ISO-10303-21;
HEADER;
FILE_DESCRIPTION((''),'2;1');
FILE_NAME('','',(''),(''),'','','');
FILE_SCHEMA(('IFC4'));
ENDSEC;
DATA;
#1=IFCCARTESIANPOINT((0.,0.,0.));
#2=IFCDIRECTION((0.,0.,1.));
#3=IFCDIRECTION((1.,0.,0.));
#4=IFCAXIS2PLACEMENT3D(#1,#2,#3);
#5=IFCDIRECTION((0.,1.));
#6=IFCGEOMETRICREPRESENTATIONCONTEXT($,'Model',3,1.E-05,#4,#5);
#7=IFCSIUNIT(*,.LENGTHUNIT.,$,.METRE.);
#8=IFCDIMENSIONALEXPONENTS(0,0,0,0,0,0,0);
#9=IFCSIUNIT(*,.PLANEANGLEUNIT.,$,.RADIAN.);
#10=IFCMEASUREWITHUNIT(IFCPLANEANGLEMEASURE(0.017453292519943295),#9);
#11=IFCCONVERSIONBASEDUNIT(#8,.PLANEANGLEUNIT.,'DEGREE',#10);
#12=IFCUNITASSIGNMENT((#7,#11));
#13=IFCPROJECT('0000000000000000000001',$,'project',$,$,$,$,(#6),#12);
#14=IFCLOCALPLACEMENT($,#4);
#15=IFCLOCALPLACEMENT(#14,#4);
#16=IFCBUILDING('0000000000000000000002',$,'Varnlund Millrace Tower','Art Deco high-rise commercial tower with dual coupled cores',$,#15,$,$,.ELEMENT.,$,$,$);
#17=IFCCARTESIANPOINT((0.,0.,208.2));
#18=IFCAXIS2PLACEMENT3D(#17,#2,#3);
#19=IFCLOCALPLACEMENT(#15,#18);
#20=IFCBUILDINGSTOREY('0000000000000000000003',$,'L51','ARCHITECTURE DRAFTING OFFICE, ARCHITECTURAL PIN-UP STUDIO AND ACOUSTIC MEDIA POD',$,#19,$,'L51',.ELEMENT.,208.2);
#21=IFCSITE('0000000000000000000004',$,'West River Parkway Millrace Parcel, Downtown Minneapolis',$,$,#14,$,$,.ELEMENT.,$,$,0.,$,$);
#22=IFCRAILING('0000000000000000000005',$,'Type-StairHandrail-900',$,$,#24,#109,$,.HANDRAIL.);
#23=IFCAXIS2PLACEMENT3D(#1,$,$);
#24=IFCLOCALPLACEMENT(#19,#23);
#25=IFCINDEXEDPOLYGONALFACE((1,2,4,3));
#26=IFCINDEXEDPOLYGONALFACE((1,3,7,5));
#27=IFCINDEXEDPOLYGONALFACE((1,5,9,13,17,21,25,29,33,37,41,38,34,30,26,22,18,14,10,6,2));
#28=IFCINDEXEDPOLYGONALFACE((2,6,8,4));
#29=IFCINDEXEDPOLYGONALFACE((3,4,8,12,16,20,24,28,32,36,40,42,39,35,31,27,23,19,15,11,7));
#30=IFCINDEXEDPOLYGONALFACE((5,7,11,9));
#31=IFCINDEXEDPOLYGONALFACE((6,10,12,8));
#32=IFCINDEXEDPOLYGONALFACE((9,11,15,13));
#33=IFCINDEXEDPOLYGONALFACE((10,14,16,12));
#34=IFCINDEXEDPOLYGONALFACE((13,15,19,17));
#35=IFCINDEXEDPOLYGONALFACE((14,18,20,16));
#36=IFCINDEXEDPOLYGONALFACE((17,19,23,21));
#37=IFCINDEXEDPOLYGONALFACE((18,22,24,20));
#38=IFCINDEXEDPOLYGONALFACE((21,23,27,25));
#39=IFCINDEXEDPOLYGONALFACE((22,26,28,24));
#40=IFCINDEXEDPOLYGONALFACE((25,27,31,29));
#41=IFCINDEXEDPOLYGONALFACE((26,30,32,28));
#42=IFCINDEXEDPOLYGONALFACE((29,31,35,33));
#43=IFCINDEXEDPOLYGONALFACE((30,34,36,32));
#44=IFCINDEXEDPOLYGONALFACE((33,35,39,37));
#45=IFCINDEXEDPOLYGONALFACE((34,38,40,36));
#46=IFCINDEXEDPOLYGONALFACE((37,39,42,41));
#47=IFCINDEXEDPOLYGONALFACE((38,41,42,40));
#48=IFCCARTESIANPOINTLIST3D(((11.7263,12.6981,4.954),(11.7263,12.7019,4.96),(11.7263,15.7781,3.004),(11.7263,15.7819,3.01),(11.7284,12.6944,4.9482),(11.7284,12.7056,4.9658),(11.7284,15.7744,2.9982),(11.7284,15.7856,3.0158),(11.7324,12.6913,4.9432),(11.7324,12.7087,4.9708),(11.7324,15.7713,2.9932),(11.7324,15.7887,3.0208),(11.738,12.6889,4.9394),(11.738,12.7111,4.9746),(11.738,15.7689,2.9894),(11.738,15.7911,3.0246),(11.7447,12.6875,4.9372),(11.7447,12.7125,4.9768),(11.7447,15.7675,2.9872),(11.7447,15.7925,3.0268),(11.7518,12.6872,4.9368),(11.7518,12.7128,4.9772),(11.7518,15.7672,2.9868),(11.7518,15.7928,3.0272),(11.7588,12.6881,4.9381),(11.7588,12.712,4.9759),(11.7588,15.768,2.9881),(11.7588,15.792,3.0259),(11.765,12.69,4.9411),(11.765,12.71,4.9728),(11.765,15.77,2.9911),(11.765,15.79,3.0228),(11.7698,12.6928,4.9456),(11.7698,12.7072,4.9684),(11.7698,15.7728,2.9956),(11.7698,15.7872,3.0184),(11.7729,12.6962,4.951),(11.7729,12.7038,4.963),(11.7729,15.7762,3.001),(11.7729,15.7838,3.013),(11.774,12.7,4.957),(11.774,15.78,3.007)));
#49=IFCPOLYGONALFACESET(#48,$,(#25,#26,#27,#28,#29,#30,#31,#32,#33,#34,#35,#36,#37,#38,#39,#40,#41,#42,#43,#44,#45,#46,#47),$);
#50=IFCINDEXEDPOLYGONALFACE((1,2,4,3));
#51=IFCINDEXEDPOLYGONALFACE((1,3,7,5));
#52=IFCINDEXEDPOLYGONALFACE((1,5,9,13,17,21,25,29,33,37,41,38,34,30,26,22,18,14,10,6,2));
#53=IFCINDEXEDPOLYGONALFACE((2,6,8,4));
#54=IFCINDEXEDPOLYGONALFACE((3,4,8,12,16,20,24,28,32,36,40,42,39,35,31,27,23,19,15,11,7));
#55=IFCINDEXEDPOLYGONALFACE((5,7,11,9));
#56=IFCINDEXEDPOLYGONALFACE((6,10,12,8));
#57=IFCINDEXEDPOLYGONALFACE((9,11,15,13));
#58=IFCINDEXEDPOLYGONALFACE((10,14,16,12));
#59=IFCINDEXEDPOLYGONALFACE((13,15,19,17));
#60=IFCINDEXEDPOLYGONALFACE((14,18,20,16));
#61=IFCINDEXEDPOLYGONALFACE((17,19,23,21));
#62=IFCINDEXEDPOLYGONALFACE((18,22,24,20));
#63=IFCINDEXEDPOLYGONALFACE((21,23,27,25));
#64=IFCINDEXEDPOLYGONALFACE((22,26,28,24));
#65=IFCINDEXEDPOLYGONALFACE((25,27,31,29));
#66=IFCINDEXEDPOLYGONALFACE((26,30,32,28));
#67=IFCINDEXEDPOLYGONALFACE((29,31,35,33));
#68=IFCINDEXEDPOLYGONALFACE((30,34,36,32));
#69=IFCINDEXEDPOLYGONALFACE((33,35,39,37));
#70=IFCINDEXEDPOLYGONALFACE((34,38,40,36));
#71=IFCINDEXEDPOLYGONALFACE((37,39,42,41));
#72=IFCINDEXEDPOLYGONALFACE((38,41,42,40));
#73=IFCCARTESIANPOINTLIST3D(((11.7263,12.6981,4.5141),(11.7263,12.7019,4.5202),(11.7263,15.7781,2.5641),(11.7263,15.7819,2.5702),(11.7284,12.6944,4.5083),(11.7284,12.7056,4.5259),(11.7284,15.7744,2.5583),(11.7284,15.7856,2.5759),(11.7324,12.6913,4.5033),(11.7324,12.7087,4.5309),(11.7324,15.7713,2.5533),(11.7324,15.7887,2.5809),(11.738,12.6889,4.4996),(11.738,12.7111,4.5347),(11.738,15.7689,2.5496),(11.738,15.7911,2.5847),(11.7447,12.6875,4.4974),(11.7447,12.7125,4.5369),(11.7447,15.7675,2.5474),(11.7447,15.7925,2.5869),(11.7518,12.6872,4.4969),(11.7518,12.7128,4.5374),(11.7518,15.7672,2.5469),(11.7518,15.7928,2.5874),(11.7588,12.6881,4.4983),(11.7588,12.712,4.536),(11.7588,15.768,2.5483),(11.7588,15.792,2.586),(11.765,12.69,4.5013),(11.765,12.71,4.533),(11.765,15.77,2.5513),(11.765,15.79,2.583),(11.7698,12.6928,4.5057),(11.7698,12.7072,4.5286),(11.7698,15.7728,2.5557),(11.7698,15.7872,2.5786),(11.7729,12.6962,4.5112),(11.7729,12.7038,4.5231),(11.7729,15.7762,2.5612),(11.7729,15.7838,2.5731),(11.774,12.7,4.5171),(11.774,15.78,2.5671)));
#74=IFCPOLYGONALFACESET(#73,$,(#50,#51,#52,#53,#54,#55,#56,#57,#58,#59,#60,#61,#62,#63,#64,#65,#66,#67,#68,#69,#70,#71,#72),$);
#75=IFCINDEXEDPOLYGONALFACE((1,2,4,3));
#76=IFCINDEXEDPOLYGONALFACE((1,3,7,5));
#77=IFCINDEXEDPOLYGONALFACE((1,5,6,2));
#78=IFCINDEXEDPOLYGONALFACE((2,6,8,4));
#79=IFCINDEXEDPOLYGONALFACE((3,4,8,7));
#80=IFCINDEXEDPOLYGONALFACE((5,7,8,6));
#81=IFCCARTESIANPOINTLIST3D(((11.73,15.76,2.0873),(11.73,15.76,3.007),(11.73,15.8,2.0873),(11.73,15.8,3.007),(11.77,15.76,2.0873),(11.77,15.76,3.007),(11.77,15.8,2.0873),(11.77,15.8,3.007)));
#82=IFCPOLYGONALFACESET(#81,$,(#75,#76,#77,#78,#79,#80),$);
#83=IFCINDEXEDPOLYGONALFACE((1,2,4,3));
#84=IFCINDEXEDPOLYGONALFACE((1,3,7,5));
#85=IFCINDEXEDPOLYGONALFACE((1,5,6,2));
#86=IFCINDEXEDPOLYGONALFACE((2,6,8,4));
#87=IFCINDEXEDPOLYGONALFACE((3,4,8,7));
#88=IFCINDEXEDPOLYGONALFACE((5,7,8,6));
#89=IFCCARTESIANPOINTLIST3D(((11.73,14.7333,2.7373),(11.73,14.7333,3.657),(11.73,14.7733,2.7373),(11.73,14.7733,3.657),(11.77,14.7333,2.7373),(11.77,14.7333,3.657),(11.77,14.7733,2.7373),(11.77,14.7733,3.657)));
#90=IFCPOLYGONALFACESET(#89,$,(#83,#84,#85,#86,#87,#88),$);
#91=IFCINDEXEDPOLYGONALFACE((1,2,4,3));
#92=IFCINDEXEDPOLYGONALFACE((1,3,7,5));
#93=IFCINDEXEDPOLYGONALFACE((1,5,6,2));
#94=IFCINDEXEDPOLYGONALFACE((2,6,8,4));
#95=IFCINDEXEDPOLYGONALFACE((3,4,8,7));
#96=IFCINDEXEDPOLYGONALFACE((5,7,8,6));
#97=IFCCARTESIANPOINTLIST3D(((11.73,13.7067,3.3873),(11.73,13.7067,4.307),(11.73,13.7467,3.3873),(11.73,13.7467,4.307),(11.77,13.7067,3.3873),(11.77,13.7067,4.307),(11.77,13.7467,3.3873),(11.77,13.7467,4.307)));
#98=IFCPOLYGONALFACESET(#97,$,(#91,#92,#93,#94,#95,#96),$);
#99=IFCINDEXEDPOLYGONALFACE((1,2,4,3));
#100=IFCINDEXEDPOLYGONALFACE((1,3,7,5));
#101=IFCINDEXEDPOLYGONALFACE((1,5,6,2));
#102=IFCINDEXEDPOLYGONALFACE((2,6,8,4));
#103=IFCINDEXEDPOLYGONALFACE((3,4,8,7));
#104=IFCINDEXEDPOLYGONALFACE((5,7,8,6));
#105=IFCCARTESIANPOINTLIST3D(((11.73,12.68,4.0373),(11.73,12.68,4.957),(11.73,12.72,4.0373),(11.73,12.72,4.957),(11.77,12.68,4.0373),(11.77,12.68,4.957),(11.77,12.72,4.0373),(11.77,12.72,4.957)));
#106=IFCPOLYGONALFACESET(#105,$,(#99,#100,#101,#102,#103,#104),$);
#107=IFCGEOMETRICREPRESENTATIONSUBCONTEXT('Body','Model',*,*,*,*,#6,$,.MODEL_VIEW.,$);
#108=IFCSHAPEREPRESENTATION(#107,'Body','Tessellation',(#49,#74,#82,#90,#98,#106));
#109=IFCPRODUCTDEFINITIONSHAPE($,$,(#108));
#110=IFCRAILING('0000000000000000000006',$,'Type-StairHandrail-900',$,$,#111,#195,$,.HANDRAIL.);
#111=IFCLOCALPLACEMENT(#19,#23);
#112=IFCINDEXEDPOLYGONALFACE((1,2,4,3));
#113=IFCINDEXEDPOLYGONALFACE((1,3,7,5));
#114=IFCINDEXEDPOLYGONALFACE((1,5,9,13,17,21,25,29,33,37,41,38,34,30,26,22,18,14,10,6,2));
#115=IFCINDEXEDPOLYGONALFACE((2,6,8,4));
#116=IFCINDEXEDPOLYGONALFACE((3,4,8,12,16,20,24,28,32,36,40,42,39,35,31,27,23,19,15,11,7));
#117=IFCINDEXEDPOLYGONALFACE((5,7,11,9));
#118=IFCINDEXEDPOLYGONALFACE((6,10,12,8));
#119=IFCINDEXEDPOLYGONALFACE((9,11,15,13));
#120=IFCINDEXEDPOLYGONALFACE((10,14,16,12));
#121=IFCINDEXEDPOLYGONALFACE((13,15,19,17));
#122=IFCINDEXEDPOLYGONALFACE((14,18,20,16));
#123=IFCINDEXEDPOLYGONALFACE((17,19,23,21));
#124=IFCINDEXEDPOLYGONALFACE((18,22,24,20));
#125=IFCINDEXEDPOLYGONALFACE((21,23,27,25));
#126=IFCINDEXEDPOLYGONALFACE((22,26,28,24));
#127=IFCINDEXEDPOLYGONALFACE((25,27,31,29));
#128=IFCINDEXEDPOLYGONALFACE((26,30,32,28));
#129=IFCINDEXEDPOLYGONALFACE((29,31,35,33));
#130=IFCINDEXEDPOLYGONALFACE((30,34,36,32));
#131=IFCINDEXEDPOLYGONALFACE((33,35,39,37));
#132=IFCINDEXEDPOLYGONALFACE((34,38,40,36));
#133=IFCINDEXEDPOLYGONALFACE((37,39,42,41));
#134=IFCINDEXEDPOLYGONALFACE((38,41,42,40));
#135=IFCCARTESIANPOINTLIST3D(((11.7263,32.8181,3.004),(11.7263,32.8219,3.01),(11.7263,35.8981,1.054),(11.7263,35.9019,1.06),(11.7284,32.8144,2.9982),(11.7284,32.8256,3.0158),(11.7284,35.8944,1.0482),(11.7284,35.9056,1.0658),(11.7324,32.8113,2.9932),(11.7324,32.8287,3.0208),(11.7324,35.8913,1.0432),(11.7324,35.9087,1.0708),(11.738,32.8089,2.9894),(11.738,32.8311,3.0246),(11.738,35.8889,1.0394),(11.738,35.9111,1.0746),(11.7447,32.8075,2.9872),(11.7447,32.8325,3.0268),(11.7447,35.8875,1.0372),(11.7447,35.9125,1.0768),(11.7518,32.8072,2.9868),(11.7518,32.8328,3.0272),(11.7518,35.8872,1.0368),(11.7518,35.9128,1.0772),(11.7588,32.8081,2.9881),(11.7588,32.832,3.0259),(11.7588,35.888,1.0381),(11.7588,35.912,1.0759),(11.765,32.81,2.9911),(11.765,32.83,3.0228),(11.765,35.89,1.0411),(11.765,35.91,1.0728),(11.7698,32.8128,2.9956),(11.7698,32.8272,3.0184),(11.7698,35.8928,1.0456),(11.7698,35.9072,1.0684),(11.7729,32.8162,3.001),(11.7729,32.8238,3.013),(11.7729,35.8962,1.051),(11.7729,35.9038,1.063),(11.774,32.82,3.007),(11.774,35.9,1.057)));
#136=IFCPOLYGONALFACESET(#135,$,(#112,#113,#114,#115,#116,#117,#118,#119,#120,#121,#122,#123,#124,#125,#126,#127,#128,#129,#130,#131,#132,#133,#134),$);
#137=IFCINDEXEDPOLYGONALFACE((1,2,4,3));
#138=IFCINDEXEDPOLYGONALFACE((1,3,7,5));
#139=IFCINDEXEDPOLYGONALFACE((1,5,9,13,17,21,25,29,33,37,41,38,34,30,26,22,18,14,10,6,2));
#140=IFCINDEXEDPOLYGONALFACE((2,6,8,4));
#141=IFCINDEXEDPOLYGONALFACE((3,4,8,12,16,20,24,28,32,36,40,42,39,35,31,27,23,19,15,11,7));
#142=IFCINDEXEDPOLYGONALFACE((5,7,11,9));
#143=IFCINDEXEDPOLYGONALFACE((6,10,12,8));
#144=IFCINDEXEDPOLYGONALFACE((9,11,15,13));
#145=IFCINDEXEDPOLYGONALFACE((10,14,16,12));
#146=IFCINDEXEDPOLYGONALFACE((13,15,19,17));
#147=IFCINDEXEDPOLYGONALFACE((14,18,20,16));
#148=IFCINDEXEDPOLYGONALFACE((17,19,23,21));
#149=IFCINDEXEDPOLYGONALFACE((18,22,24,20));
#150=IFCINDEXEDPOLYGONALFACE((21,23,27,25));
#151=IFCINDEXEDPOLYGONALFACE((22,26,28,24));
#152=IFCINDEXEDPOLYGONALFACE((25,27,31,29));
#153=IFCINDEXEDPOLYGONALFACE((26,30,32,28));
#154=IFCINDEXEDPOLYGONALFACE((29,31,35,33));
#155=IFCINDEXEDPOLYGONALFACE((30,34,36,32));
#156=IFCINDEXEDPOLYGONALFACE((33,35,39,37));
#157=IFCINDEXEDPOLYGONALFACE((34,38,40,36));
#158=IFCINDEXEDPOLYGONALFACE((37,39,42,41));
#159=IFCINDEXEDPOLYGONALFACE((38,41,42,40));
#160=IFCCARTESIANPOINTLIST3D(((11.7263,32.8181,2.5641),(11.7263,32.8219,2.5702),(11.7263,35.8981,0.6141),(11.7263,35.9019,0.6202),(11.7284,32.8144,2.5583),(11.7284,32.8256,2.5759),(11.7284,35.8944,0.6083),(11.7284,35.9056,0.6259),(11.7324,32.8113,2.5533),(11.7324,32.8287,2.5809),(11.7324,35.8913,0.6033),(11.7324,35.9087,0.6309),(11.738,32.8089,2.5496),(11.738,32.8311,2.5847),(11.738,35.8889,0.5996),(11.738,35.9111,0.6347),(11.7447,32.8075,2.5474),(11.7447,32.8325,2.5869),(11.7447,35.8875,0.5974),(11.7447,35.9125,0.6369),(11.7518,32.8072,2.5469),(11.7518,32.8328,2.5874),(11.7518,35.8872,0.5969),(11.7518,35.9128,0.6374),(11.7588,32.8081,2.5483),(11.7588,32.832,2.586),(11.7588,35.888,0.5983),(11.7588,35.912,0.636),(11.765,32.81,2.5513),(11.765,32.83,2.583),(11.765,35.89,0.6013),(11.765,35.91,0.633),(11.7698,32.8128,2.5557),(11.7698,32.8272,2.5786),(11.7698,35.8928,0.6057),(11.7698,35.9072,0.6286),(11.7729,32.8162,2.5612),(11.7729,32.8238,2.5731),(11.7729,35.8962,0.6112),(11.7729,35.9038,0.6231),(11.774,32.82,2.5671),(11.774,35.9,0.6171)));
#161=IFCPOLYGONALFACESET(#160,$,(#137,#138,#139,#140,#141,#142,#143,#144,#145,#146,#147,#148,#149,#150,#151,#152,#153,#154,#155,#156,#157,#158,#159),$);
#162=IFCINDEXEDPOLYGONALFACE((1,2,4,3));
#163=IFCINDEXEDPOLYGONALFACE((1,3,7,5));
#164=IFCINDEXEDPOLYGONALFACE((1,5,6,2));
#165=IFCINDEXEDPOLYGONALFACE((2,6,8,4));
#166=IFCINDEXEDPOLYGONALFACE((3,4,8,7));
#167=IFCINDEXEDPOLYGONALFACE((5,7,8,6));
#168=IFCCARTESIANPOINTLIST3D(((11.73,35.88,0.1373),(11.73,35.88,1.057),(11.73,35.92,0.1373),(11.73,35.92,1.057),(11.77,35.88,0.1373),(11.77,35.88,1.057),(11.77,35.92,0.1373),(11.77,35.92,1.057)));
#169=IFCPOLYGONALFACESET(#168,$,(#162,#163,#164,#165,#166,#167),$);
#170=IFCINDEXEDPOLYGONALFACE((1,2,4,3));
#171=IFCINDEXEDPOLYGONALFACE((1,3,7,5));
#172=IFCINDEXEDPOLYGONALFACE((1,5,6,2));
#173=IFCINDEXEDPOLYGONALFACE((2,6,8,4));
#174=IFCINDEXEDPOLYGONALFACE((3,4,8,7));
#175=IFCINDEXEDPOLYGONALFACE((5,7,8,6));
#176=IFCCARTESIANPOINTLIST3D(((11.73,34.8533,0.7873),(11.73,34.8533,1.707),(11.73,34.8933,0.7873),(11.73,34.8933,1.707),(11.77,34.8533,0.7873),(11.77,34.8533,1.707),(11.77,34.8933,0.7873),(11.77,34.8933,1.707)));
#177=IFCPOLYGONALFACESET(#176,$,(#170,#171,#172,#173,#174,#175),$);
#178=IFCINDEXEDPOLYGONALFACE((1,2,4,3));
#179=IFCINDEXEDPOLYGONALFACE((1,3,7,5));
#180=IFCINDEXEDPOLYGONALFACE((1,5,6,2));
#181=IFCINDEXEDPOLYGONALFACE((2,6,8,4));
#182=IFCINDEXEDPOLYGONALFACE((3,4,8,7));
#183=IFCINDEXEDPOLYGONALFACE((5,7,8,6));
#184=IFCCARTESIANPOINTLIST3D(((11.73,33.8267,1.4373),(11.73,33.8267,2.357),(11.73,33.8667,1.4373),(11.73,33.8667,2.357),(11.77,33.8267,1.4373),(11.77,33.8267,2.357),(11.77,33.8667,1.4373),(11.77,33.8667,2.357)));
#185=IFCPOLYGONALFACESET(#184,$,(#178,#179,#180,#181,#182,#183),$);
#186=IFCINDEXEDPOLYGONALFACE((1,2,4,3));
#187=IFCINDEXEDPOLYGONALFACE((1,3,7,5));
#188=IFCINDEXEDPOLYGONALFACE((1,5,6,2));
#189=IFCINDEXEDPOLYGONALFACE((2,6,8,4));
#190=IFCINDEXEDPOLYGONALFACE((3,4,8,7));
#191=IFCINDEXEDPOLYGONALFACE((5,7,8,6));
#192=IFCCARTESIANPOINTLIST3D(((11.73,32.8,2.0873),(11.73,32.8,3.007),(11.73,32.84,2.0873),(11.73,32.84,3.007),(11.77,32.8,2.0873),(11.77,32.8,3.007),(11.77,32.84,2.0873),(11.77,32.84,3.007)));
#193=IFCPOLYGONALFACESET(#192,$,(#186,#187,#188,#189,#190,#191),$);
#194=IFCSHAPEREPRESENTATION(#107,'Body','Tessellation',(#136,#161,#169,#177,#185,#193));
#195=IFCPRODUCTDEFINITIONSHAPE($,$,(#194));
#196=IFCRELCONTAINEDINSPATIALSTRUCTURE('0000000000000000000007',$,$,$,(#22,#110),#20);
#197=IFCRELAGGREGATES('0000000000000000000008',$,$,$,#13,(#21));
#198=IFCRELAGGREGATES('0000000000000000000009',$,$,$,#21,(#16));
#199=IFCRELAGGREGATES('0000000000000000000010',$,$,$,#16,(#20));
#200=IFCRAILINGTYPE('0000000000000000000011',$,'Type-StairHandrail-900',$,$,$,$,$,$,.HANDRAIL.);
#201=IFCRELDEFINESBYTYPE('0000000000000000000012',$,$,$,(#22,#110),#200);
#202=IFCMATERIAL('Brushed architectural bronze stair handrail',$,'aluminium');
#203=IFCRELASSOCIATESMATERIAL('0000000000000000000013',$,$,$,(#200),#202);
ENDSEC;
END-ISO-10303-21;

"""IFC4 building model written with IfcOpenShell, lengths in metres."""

from ifc_helpers import new_model, entity, si_unit, converted_unit, direction, frame, origin_with_axes, origin_2d_with_axis, place, context, subcontext, project, spatial, rectangle, circle, extrude, material, type_object, element, save


model = new_model("IFC4")

# Units and contexts
model_context = context("Model", 3, precision=1e-05, world=origin_with_axes(), true_north=direction((0.0, 1.0)))
body_context = subcontext(model_context, "Body", "Model", "MODEL_VIEW")
ifc_project = project(units=[si_unit("LENGTHUNIT", "METRE"), converted_unit("PLANEANGLEUNIT", "DEGREE", entity("IfcPlaneAngleMeasure", 0.017453292519943295), si_unit("PLANEANGLEUNIT", "RADIAN"), dimensions=[0, 0, 0, 0, 0, 0, 0])], contexts=[model_context])

# Site, building, storey
site_placement = place(None, origin_with_axes())
site = spatial("IfcSite", under=ifc_project, at=site_placement, Name="West River Parkway Millrace Parcel, Downtown Minneapolis", CompositionType="ELEMENT", RefElevation=0.0)
building_placement = place(site_placement, origin_with_axes())
building = spatial("IfcBuilding", under=site, at=building_placement, Name="Varnlund Millrace Tower", Description="Art Deco high-rise commercial tower with dual coupled cores", CompositionType="ELEMENT")
storey_placement = place(building_placement, frame((0.0, 0.0, 208.2), z_axis=(0.0, 0.0, 1.0), x_axis=(1.0, 0.0, 0.0)))
storey = spatial("IfcBuildingStorey", under=building, at=storey_placement, Name="L51", Description="ARCHITECTURE DRAFTING OFFICE, ARCHITECTURAL PIN-UP STUDIO AND ACOUSTIC MEDIA POD", LongName="L51", CompositionType="ELEMENT", Elevation=208.2)

# Railings
ifc_material_1 = material(Name="Brushed architectural bronze stair handrail", Category="aluminium")
railing_type_1 = type_object("IfcRailingType", Name="Type-StairHandrail-900", PredefinedType="HANDRAIL", material=ifc_material_1)
railing_1_placement = place(storey_placement, frame((0.0, 0.0, -208.2), z_axis=(0.0, 0.0, 1.0), x_axis=(1.0, 0.0, 0.0)))
element("IfcRailing", 1, at=railing_1_placement, inside=storey, type_object=railing_type_1, Name="Type-StairHandrail-900", PredefinedType="HANDRAIL", context=body_context, shape_type="SweptSolid", body=[
    extrude(circle(Radius=0.024, at=origin_2d_with_axis()), frame((11.75, 15.78, 211.207), z_axis=(0.0, -0.844902, 0.534922), x_axis=(1.0, 0.0, 0.0)), (0.0, 0.0, 1.0), 3.6454),
    extrude(circle(Radius=0.024, at=origin_2d_with_axis()), frame((11.75, 15.78, 210.7671), z_axis=(0.0, -0.844902, 0.534922), x_axis=(1.0, 0.0, 0.0)), (0.0, 0.0, 1.0), 3.6454),
    extrude(rectangle(XDim=0.04, YDim=0.04, at=origin_2d_with_axis()), frame((11.75, 15.78, 210.2873), z_axis=(0.0, 0.0, 1.0), x_axis=(1.0, 0.0, 0.0)), (0.0, 0.0, 1.0), 0.9197),
    extrude(rectangle(XDim=0.04, YDim=0.04, at=origin_2d_with_axis()), frame((11.75, 14.7533, 210.9373), z_axis=(0.0, 0.0, 1.0), x_axis=(1.0, 0.0, 0.0)), (0.0, 0.0, 1.0), 0.9197),
    extrude(rectangle(XDim=0.04, YDim=0.04, at=origin_2d_with_axis()), frame((11.75, 13.7267, 211.5873), z_axis=(0.0, 0.0, 1.0), x_axis=(1.0, 0.0, 0.0)), (0.0, 0.0, 1.0), 0.9197),
    extrude(rectangle(XDim=0.04, YDim=0.04, at=origin_2d_with_axis()), frame((11.75, 12.7, 212.2373), z_axis=(0.0, 0.0, 1.0), x_axis=(1.0, 0.0, 0.0)), (0.0, 0.0, 1.0), 0.9197),
])
railing_2_placement = place(storey_placement, frame((0.0, 0.0, -208.2), z_axis=(0.0, 0.0, 1.0), x_axis=(1.0, 0.0, 0.0)))
element("IfcRailing", 2, at=railing_2_placement, inside=storey, type_object=railing_type_1, Name="Type-StairHandrail-900", PredefinedType="HANDRAIL", context=body_context, shape_type="SweptSolid", body=[
    extrude(circle(Radius=0.024, at=origin_2d_with_axis()), frame((11.75, 35.9, 209.257), z_axis=(0.0, -0.844902, 0.534922), x_axis=(1.0, 0.0, 0.0)), (0.0, 0.0, 1.0), 3.6454),
    extrude(circle(Radius=0.024, at=origin_2d_with_axis()), frame((11.75, 35.9, 208.8171), z_axis=(0.0, -0.844902, 0.534922), x_axis=(1.0, 0.0, 0.0)), (0.0, 0.0, 1.0), 3.6454),
    extrude(rectangle(XDim=0.04, YDim=0.04, at=origin_2d_with_axis()), frame((11.75, 35.9, 208.3373), z_axis=(0.0, 0.0, 1.0), x_axis=(1.0, 0.0, 0.0)), (0.0, 0.0, 1.0), 0.9197),
    extrude(rectangle(XDim=0.04, YDim=0.04, at=origin_2d_with_axis()), frame((11.75, 34.8733, 208.9873), z_axis=(0.0, 0.0, 1.0), x_axis=(1.0, 0.0, 0.0)), (0.0, 0.0, 1.0), 0.9197),
    extrude(rectangle(XDim=0.04, YDim=0.04, at=origin_2d_with_axis()), frame((11.75, 33.8467, 209.6373), z_axis=(0.0, 0.0, 1.0), x_axis=(1.0, 0.0, 0.0)), (0.0, 0.0, 1.0), 0.9197),
    extrude(rectangle(XDim=0.04, YDim=0.04, at=origin_2d_with_axis()), frame((11.75, 32.82, 210.2873), z_axis=(0.0, 0.0, 1.0), x_axis=(1.0, 0.0, 0.0)), (0.0, 0.0, 1.0), 0.9197),
])

save(model, "model.ifc")
